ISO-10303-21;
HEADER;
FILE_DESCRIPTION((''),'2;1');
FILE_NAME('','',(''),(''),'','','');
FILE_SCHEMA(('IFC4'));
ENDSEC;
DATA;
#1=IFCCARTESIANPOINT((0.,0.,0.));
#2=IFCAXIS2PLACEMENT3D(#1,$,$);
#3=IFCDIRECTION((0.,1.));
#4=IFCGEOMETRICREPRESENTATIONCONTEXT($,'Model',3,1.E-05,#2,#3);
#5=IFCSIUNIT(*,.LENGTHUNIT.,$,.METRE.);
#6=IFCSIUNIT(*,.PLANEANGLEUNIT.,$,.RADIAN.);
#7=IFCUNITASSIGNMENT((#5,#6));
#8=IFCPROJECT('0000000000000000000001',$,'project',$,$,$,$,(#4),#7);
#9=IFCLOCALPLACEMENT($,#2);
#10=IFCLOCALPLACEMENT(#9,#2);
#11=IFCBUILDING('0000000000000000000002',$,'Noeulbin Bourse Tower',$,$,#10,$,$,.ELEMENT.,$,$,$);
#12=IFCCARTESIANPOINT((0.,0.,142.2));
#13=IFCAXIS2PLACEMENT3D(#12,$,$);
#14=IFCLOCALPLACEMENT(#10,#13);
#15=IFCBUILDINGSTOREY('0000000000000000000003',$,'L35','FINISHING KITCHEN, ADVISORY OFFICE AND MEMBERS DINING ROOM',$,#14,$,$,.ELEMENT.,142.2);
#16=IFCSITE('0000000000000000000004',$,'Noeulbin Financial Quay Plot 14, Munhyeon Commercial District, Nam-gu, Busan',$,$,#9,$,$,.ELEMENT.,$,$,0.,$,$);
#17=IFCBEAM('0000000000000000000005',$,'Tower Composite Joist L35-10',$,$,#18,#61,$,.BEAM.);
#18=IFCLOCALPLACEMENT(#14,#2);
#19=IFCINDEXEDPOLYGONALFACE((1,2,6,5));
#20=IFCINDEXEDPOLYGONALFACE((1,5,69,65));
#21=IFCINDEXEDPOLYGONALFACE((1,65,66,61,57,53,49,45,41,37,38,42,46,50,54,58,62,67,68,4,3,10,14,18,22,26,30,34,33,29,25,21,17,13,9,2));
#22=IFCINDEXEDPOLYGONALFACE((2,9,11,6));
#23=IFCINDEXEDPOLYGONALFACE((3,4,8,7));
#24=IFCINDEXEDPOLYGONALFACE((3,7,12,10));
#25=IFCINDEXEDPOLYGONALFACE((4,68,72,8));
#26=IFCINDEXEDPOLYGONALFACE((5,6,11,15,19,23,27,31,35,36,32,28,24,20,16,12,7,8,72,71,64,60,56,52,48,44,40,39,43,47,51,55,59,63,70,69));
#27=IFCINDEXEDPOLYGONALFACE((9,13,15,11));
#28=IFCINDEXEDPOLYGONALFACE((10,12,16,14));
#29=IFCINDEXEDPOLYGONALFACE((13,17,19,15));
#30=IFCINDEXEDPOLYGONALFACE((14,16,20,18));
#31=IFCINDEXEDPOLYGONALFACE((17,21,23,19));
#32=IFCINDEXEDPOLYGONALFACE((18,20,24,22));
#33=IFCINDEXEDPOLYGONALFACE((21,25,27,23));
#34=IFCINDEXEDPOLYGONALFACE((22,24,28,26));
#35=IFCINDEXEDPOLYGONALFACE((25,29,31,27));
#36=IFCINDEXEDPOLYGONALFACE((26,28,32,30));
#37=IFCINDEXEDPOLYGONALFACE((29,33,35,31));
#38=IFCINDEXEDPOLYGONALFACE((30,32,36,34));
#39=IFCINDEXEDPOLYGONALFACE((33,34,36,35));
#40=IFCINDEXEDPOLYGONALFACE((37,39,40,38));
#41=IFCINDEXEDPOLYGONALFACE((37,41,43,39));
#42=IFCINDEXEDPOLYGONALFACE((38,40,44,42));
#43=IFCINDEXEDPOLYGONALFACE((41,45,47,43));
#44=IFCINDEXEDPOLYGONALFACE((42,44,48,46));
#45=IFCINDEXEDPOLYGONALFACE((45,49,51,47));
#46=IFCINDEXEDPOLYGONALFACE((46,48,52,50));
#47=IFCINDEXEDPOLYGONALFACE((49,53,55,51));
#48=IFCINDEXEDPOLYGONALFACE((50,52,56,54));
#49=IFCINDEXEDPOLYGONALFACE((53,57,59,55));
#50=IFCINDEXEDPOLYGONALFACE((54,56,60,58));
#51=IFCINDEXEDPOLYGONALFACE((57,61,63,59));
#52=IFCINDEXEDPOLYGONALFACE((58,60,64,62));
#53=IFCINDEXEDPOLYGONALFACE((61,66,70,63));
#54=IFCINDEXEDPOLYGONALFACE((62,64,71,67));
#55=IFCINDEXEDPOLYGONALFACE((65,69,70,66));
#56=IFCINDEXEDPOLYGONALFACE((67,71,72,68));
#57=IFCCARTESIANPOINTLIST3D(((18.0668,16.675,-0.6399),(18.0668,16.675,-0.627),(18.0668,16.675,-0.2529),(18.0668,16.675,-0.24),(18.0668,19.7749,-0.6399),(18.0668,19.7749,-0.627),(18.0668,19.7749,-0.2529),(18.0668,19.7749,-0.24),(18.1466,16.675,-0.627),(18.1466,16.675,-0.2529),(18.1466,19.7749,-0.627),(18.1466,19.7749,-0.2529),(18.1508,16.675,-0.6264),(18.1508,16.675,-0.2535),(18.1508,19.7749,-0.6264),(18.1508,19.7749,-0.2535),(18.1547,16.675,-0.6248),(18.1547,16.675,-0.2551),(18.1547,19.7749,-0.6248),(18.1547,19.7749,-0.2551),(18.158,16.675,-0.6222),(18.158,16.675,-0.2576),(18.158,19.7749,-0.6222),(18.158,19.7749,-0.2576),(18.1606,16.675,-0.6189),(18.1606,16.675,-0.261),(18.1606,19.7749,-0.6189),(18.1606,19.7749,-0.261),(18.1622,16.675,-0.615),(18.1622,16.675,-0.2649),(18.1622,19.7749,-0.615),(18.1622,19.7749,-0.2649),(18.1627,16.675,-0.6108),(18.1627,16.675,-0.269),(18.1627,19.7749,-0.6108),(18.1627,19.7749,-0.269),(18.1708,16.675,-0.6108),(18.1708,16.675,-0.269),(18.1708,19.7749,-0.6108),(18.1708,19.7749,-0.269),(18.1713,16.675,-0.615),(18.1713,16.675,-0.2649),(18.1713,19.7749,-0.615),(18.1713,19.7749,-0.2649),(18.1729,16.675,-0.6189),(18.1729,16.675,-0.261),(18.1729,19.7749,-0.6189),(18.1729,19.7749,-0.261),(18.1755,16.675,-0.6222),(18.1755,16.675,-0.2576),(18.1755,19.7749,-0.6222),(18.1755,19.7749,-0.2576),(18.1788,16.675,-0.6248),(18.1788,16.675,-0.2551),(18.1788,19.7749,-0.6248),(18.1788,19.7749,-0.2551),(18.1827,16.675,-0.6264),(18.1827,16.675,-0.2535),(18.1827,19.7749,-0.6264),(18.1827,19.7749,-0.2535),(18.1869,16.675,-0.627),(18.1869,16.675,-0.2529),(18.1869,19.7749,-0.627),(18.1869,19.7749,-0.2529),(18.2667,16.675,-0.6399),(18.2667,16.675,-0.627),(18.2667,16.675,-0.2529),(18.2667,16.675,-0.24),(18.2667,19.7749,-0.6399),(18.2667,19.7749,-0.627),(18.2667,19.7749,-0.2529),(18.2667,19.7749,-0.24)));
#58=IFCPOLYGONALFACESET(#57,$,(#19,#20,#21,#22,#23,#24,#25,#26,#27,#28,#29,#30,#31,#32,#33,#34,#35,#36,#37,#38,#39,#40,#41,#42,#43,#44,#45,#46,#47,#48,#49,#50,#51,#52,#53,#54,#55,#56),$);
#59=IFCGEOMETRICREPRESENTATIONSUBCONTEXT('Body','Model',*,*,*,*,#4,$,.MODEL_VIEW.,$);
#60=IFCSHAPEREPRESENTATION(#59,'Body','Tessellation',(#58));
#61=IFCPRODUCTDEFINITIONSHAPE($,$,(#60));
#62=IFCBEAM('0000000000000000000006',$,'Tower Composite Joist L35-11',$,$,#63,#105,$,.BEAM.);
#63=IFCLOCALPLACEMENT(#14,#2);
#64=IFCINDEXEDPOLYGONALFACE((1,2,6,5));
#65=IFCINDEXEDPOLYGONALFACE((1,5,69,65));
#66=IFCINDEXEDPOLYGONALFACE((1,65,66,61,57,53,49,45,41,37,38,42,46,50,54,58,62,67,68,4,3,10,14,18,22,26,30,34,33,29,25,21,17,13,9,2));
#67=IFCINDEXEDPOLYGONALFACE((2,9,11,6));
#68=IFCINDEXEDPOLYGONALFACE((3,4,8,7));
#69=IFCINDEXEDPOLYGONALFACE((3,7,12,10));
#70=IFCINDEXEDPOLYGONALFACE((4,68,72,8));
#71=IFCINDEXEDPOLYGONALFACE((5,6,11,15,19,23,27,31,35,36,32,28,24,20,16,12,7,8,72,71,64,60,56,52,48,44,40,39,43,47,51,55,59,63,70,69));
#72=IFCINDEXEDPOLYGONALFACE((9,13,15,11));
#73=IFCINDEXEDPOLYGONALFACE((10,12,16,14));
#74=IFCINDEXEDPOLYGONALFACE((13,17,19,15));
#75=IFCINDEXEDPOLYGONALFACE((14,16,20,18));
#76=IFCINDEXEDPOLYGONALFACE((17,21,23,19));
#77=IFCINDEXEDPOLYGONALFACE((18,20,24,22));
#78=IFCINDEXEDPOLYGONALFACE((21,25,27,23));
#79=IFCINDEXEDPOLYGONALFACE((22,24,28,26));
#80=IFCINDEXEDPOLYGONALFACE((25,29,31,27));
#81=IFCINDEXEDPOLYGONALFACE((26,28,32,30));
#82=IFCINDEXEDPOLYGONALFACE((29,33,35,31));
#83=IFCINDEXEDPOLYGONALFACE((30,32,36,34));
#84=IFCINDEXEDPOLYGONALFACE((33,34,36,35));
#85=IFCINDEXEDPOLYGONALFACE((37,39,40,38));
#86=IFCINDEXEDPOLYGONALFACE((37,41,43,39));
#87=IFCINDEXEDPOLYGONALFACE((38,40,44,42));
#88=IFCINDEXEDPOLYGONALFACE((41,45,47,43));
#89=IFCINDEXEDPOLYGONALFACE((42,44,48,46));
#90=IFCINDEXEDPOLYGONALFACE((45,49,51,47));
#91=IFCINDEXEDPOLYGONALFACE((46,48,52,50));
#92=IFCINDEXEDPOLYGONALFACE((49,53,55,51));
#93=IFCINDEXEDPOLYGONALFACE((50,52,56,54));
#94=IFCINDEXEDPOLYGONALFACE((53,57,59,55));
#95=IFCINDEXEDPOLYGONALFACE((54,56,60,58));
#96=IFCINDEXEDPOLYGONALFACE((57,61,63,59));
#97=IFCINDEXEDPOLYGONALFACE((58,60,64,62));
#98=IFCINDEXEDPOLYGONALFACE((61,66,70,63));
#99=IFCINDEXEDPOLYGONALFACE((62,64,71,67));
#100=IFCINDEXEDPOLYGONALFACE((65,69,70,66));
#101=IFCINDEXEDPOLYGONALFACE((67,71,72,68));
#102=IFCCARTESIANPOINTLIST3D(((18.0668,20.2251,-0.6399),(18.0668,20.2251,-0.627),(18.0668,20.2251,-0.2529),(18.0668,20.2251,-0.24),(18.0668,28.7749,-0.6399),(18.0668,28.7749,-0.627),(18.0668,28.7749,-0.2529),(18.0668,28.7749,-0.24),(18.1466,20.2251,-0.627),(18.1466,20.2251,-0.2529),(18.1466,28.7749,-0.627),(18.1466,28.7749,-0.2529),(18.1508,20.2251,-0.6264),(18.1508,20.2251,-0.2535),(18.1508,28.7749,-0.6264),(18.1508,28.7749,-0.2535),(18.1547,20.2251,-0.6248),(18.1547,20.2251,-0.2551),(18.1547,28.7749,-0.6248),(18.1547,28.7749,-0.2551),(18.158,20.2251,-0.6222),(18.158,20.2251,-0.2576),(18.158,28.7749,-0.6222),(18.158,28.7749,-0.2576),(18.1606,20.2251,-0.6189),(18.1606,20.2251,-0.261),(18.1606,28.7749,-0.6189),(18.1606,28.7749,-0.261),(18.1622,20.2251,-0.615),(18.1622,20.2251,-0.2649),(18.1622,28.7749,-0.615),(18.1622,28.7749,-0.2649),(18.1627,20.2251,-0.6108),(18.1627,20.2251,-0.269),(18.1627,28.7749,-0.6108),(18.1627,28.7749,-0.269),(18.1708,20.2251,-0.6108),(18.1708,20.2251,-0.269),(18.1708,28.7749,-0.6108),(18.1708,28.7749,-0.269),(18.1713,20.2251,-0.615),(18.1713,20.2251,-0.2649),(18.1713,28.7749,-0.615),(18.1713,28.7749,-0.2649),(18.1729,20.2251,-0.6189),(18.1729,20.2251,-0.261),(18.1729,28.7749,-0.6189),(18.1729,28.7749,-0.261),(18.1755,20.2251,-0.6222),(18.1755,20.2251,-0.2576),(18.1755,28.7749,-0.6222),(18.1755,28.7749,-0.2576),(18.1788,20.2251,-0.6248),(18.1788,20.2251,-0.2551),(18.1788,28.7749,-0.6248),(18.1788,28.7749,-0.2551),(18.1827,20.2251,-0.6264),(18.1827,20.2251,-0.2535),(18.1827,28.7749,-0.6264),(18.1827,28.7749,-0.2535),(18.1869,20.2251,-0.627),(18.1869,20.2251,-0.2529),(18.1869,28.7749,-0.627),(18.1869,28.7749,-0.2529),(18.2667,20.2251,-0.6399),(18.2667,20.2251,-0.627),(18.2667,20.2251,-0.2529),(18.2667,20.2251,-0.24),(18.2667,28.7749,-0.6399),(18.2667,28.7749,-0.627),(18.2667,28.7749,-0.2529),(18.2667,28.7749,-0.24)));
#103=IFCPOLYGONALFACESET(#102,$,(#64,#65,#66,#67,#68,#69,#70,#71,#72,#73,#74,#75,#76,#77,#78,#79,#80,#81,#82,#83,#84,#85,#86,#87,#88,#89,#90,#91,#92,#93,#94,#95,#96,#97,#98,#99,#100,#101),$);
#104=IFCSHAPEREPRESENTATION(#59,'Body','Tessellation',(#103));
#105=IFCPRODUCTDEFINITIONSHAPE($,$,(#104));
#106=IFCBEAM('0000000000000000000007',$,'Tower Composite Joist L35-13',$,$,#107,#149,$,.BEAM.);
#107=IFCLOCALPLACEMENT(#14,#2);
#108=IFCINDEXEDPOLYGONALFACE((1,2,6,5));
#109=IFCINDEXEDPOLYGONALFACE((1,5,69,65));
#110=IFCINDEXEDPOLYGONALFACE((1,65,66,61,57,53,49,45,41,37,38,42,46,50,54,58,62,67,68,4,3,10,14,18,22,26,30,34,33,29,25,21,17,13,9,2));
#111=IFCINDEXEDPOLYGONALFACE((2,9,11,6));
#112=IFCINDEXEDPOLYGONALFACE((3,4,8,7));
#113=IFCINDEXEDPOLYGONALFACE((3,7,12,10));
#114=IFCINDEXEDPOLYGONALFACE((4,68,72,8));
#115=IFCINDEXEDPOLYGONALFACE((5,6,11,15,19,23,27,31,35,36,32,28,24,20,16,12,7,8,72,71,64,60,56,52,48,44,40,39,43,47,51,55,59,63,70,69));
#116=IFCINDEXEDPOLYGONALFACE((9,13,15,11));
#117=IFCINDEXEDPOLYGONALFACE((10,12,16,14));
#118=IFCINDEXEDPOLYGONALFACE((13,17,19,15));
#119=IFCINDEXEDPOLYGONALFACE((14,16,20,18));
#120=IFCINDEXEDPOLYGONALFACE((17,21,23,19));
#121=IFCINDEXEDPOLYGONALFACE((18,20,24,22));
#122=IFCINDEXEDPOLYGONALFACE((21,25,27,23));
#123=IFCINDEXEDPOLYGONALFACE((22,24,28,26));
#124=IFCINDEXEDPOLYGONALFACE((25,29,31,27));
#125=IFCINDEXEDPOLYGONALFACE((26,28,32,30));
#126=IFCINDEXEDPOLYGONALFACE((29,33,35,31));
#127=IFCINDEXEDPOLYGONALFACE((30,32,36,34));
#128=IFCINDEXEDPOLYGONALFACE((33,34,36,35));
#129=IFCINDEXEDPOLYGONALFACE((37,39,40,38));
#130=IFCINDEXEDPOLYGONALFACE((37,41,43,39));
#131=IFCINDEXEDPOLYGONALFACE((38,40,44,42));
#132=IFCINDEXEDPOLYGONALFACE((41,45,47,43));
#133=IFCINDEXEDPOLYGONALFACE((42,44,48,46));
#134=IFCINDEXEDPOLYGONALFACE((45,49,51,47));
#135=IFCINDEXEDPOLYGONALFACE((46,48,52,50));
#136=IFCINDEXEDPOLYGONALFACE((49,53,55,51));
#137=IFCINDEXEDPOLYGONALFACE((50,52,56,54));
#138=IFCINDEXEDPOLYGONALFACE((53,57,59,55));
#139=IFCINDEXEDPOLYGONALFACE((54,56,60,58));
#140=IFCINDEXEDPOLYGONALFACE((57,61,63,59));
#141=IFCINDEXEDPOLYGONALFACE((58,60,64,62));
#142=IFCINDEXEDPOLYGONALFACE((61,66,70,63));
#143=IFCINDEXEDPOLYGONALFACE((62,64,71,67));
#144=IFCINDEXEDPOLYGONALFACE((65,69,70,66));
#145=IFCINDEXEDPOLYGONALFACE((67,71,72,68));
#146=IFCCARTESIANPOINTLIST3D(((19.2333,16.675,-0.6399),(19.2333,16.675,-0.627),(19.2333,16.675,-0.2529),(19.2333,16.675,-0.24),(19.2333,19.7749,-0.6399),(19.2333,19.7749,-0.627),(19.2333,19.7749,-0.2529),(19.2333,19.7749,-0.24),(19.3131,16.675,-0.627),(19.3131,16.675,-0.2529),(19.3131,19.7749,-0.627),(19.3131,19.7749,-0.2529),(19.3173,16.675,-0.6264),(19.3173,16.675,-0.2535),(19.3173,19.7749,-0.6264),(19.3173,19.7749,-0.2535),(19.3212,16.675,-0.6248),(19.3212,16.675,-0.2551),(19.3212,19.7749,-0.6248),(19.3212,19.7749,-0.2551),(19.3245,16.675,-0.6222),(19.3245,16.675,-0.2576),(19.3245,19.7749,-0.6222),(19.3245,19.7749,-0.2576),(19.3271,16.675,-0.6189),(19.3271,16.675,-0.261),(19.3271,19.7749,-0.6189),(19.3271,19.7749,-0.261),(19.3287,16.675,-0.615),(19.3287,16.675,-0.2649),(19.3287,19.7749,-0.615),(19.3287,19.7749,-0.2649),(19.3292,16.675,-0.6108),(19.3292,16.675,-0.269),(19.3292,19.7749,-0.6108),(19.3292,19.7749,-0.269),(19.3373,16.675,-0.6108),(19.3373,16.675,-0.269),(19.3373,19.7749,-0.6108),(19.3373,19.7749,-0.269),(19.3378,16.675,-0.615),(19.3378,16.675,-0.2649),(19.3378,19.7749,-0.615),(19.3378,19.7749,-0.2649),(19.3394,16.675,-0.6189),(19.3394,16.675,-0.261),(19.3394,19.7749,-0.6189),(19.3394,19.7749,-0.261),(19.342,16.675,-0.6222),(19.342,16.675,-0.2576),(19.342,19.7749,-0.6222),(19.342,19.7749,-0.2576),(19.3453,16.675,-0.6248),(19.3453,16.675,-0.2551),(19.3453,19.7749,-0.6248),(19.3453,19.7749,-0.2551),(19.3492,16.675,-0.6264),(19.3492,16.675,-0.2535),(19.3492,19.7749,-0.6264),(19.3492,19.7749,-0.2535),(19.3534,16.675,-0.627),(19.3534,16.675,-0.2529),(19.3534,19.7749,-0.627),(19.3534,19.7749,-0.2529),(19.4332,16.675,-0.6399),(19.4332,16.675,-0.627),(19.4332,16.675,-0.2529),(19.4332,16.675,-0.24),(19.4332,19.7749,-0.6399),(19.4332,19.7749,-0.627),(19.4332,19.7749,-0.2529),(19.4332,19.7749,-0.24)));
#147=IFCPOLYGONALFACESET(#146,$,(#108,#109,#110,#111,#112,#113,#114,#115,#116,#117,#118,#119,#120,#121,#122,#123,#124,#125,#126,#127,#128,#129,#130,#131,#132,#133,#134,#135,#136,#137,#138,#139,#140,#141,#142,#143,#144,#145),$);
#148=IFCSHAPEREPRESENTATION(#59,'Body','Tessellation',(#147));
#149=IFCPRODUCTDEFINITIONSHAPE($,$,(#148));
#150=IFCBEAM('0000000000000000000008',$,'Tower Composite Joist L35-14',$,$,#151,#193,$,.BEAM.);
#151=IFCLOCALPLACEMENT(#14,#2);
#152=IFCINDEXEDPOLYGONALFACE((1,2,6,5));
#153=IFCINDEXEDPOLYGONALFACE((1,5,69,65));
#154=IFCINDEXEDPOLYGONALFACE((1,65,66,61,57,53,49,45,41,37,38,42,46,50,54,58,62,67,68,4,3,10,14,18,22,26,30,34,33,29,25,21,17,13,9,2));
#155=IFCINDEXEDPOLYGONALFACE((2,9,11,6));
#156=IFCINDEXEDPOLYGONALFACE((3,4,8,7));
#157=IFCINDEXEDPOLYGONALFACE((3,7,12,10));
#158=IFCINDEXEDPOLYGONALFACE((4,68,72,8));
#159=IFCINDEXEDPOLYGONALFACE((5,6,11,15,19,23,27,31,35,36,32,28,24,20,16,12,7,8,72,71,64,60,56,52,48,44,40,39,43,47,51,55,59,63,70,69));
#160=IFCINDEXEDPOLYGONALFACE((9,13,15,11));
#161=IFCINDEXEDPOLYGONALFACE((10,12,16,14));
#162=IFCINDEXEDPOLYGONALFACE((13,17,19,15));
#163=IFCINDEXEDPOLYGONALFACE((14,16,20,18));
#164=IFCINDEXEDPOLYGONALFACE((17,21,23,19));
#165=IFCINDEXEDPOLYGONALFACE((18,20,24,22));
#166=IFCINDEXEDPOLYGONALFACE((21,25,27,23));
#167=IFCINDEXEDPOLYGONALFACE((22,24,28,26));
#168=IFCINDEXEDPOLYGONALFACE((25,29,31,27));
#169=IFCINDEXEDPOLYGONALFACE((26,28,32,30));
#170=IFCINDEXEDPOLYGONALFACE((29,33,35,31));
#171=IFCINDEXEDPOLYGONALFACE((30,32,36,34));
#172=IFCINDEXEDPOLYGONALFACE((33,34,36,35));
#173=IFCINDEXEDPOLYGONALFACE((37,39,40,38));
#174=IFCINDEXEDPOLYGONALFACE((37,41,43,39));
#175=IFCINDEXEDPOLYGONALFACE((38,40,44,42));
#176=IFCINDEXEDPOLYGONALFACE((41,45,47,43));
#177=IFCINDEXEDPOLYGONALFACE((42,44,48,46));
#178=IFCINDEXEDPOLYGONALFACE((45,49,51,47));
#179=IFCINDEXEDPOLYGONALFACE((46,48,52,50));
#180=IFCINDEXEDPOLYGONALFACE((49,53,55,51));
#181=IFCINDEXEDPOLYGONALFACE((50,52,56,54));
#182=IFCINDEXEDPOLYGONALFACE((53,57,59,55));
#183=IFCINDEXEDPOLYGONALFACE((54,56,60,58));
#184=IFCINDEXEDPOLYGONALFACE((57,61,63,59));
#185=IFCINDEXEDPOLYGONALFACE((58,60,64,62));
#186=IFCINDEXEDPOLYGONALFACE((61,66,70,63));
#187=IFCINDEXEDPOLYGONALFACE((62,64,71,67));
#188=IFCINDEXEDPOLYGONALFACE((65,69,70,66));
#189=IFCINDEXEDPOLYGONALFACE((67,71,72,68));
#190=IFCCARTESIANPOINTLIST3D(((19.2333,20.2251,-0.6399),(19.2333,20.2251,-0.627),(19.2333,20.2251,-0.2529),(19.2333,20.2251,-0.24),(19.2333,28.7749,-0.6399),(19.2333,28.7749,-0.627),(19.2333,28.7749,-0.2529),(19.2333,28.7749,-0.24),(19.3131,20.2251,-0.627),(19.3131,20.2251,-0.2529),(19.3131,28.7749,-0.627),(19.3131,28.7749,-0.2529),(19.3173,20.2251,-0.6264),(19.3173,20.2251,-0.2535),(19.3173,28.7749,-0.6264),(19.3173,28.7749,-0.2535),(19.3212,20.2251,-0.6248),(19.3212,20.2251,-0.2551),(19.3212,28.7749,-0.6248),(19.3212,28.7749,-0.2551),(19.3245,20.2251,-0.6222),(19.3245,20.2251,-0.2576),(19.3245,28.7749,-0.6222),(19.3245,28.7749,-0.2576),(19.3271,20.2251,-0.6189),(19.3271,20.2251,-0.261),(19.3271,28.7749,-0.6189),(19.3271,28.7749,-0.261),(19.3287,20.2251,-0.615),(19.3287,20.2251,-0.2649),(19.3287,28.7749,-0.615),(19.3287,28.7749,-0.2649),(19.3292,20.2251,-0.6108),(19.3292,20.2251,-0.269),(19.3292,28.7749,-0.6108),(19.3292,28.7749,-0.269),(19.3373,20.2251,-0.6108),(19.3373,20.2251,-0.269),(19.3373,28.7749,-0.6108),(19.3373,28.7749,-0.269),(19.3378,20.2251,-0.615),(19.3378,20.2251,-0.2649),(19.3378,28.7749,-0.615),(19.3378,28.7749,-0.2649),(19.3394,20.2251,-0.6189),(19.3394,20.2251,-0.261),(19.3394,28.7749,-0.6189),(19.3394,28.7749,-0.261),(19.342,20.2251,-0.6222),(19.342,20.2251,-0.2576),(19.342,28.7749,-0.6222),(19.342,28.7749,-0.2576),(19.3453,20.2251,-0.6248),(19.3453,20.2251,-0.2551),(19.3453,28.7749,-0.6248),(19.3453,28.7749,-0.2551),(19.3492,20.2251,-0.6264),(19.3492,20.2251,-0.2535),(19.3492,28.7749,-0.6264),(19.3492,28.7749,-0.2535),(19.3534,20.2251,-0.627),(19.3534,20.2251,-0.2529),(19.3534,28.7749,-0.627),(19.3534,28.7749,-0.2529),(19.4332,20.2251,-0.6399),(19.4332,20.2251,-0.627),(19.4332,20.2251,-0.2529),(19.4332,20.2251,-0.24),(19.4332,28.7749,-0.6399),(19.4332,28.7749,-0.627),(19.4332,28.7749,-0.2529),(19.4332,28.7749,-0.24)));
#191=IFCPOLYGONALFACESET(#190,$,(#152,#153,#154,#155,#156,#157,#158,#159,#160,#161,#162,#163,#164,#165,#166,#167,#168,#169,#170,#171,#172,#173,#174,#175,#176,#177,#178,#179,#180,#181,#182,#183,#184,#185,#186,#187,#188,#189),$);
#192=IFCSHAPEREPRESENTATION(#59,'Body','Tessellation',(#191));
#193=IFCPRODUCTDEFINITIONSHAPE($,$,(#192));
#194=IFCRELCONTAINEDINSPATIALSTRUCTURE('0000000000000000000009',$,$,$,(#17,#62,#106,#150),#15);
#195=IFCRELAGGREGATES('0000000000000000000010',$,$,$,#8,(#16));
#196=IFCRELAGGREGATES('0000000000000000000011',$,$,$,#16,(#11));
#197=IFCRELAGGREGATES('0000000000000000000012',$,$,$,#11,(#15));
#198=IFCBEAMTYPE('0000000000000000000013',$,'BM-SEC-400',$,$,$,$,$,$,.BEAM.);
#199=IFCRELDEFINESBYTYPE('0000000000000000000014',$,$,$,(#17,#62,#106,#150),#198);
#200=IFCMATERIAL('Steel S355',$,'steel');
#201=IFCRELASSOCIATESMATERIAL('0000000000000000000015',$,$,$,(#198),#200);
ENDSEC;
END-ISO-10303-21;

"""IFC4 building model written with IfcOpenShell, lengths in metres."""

from ifc_helpers import new_model, si_unit, direction, frame, origin, origin_2d, place, context, subcontext, project, spatial, i_section, extrude, material, material_profile, profile_set, type_object, element, save


model = new_model("IFC4")

# Units and contexts
model_context = context("Model", 3, precision=1e-05, world=origin(), true_north=direction((0.0, 1.0)))
body_context = subcontext(model_context, "Body", "Model", "MODEL_VIEW")
ifc_project = project(units=[si_unit("LENGTHUNIT", "METRE"), si_unit("PLANEANGLEUNIT", "RADIAN")], contexts=[model_context])

# Site, building, storey
site_placement = place(None, origin())
site = spatial("IfcSite", under=ifc_project, at=site_placement, Name="Noeulbin Financial Quay Plot 14, Munhyeon Commercial District, Nam-gu, Busan", CompositionType="ELEMENT", RefElevation=0.0)
building_placement = place(site_placement, origin())
building = spatial("IfcBuilding", under=site, at=building_placement, Name="Noeulbin Bourse Tower", CompositionType="ELEMENT")
storey_placement = place(building_placement, frame((0.0, 0.0, 142.2)))
storey = spatial("IfcBuildingStorey", under=building, at=storey_placement, Name="L35", Description="FINISHING KITCHEN, ADVISORY OFFICE AND MEMBERS DINING ROOM", CompositionType="ELEMENT", Elevation=142.2)

# Shared definitions
ifc_material_1 = material(Name="Steel S355", Category="steel")

# Beams
ifc_material_profile_1 = material_profile(ifc_material_1, i_section(OverallWidth=0.2, OverallDepth=0.3999, WebThickness=0.0081, FlangeThickness=0.0129, FilletRadius=0.0161, at=origin_2d()), Name="H-400x200x8x13", Category="LoadBearing")
ifc_profile_set_1 = profile_set([ifc_material_profile_1], Name="Steel S355")
beam_type_1 = type_object("IfcBeamType", Name="BM-SEC-400", PredefinedType="BEAM", material=ifc_profile_set_1)
beam_1_placement = place(storey_placement, frame((18.1667, 16.675, -0.4399), z_axis=(0.0, 1.0, 0.0), x_axis=(-1.0, 0.0, 0.0)))
element("IfcBeam", 1, at=beam_1_placement, inside=storey, type_object=beam_type_1, Name="Tower Composite Joist L35-10", PredefinedType="BEAM", context=body_context, shape_type="SweptSolid", body=[
    extrude(i_section(OverallWidth=0.2, OverallDepth=0.3999, WebThickness=0.0081, FlangeThickness=0.0129, FilletRadius=0.0161, at=origin_2d()), origin(), (0.0, 0.0, 1.0), 3.0999),
])
beam_2_placement = place(storey_placement, frame((18.1667, 20.2251, -0.4399), z_axis=(0.0, 1.0, 0.0), x_axis=(-1.0, 0.0, 0.0)))
element("IfcBeam", 2, at=beam_2_placement, inside=storey, type_object=beam_type_1, Name="Tower Composite Joist L35-11", PredefinedType="BEAM", context=body_context, shape_type="SweptSolid", body=[
    extrude(i_section(OverallWidth=0.2, OverallDepth=0.3999, WebThickness=0.0081, FlangeThickness=0.0129, FilletRadius=0.0161, at=origin_2d()), origin(), (0.0, 0.0, 1.0), 8.5498),
])
beam_3_placement = place(storey_placement, frame((19.3333, 16.675, -0.4399), z_axis=(0.0, 1.0, 0.0), x_axis=(-1.0, 0.0, 0.0)))
element("IfcBeam", 3, at=beam_3_placement, inside=storey, type_object=beam_type_1, Name="Tower Composite Joist L35-13", PredefinedType="BEAM", context=body_context, shape_type="SweptSolid", body=[
    extrude(i_section(OverallWidth=0.2, OverallDepth=0.3999, WebThickness=0.0081, FlangeThickness=0.0129, FilletRadius=0.0161, at=origin_2d()), origin(), (0.0, 0.0, 1.0), 3.0999),
])
beam_4_placement = place(storey_placement, frame((19.3333, 20.2251, -0.4399), z_axis=(0.0, 1.0, 0.0), x_axis=(-1.0, 0.0, 0.0)))
element("IfcBeam", 4, at=beam_4_placement, inside=storey, type_object=beam_type_1, Name="Tower Composite Joist L35-14", PredefinedType="BEAM", context=body_context, shape_type="SweptSolid", body=[
    extrude(i_section(OverallWidth=0.2, OverallDepth=0.3999, WebThickness=0.0081, FlangeThickness=0.0129, FilletRadius=0.0161, at=origin_2d()), origin(), (0.0, 0.0, 1.0), 8.5498),
])

save(model, "model.ifc")
